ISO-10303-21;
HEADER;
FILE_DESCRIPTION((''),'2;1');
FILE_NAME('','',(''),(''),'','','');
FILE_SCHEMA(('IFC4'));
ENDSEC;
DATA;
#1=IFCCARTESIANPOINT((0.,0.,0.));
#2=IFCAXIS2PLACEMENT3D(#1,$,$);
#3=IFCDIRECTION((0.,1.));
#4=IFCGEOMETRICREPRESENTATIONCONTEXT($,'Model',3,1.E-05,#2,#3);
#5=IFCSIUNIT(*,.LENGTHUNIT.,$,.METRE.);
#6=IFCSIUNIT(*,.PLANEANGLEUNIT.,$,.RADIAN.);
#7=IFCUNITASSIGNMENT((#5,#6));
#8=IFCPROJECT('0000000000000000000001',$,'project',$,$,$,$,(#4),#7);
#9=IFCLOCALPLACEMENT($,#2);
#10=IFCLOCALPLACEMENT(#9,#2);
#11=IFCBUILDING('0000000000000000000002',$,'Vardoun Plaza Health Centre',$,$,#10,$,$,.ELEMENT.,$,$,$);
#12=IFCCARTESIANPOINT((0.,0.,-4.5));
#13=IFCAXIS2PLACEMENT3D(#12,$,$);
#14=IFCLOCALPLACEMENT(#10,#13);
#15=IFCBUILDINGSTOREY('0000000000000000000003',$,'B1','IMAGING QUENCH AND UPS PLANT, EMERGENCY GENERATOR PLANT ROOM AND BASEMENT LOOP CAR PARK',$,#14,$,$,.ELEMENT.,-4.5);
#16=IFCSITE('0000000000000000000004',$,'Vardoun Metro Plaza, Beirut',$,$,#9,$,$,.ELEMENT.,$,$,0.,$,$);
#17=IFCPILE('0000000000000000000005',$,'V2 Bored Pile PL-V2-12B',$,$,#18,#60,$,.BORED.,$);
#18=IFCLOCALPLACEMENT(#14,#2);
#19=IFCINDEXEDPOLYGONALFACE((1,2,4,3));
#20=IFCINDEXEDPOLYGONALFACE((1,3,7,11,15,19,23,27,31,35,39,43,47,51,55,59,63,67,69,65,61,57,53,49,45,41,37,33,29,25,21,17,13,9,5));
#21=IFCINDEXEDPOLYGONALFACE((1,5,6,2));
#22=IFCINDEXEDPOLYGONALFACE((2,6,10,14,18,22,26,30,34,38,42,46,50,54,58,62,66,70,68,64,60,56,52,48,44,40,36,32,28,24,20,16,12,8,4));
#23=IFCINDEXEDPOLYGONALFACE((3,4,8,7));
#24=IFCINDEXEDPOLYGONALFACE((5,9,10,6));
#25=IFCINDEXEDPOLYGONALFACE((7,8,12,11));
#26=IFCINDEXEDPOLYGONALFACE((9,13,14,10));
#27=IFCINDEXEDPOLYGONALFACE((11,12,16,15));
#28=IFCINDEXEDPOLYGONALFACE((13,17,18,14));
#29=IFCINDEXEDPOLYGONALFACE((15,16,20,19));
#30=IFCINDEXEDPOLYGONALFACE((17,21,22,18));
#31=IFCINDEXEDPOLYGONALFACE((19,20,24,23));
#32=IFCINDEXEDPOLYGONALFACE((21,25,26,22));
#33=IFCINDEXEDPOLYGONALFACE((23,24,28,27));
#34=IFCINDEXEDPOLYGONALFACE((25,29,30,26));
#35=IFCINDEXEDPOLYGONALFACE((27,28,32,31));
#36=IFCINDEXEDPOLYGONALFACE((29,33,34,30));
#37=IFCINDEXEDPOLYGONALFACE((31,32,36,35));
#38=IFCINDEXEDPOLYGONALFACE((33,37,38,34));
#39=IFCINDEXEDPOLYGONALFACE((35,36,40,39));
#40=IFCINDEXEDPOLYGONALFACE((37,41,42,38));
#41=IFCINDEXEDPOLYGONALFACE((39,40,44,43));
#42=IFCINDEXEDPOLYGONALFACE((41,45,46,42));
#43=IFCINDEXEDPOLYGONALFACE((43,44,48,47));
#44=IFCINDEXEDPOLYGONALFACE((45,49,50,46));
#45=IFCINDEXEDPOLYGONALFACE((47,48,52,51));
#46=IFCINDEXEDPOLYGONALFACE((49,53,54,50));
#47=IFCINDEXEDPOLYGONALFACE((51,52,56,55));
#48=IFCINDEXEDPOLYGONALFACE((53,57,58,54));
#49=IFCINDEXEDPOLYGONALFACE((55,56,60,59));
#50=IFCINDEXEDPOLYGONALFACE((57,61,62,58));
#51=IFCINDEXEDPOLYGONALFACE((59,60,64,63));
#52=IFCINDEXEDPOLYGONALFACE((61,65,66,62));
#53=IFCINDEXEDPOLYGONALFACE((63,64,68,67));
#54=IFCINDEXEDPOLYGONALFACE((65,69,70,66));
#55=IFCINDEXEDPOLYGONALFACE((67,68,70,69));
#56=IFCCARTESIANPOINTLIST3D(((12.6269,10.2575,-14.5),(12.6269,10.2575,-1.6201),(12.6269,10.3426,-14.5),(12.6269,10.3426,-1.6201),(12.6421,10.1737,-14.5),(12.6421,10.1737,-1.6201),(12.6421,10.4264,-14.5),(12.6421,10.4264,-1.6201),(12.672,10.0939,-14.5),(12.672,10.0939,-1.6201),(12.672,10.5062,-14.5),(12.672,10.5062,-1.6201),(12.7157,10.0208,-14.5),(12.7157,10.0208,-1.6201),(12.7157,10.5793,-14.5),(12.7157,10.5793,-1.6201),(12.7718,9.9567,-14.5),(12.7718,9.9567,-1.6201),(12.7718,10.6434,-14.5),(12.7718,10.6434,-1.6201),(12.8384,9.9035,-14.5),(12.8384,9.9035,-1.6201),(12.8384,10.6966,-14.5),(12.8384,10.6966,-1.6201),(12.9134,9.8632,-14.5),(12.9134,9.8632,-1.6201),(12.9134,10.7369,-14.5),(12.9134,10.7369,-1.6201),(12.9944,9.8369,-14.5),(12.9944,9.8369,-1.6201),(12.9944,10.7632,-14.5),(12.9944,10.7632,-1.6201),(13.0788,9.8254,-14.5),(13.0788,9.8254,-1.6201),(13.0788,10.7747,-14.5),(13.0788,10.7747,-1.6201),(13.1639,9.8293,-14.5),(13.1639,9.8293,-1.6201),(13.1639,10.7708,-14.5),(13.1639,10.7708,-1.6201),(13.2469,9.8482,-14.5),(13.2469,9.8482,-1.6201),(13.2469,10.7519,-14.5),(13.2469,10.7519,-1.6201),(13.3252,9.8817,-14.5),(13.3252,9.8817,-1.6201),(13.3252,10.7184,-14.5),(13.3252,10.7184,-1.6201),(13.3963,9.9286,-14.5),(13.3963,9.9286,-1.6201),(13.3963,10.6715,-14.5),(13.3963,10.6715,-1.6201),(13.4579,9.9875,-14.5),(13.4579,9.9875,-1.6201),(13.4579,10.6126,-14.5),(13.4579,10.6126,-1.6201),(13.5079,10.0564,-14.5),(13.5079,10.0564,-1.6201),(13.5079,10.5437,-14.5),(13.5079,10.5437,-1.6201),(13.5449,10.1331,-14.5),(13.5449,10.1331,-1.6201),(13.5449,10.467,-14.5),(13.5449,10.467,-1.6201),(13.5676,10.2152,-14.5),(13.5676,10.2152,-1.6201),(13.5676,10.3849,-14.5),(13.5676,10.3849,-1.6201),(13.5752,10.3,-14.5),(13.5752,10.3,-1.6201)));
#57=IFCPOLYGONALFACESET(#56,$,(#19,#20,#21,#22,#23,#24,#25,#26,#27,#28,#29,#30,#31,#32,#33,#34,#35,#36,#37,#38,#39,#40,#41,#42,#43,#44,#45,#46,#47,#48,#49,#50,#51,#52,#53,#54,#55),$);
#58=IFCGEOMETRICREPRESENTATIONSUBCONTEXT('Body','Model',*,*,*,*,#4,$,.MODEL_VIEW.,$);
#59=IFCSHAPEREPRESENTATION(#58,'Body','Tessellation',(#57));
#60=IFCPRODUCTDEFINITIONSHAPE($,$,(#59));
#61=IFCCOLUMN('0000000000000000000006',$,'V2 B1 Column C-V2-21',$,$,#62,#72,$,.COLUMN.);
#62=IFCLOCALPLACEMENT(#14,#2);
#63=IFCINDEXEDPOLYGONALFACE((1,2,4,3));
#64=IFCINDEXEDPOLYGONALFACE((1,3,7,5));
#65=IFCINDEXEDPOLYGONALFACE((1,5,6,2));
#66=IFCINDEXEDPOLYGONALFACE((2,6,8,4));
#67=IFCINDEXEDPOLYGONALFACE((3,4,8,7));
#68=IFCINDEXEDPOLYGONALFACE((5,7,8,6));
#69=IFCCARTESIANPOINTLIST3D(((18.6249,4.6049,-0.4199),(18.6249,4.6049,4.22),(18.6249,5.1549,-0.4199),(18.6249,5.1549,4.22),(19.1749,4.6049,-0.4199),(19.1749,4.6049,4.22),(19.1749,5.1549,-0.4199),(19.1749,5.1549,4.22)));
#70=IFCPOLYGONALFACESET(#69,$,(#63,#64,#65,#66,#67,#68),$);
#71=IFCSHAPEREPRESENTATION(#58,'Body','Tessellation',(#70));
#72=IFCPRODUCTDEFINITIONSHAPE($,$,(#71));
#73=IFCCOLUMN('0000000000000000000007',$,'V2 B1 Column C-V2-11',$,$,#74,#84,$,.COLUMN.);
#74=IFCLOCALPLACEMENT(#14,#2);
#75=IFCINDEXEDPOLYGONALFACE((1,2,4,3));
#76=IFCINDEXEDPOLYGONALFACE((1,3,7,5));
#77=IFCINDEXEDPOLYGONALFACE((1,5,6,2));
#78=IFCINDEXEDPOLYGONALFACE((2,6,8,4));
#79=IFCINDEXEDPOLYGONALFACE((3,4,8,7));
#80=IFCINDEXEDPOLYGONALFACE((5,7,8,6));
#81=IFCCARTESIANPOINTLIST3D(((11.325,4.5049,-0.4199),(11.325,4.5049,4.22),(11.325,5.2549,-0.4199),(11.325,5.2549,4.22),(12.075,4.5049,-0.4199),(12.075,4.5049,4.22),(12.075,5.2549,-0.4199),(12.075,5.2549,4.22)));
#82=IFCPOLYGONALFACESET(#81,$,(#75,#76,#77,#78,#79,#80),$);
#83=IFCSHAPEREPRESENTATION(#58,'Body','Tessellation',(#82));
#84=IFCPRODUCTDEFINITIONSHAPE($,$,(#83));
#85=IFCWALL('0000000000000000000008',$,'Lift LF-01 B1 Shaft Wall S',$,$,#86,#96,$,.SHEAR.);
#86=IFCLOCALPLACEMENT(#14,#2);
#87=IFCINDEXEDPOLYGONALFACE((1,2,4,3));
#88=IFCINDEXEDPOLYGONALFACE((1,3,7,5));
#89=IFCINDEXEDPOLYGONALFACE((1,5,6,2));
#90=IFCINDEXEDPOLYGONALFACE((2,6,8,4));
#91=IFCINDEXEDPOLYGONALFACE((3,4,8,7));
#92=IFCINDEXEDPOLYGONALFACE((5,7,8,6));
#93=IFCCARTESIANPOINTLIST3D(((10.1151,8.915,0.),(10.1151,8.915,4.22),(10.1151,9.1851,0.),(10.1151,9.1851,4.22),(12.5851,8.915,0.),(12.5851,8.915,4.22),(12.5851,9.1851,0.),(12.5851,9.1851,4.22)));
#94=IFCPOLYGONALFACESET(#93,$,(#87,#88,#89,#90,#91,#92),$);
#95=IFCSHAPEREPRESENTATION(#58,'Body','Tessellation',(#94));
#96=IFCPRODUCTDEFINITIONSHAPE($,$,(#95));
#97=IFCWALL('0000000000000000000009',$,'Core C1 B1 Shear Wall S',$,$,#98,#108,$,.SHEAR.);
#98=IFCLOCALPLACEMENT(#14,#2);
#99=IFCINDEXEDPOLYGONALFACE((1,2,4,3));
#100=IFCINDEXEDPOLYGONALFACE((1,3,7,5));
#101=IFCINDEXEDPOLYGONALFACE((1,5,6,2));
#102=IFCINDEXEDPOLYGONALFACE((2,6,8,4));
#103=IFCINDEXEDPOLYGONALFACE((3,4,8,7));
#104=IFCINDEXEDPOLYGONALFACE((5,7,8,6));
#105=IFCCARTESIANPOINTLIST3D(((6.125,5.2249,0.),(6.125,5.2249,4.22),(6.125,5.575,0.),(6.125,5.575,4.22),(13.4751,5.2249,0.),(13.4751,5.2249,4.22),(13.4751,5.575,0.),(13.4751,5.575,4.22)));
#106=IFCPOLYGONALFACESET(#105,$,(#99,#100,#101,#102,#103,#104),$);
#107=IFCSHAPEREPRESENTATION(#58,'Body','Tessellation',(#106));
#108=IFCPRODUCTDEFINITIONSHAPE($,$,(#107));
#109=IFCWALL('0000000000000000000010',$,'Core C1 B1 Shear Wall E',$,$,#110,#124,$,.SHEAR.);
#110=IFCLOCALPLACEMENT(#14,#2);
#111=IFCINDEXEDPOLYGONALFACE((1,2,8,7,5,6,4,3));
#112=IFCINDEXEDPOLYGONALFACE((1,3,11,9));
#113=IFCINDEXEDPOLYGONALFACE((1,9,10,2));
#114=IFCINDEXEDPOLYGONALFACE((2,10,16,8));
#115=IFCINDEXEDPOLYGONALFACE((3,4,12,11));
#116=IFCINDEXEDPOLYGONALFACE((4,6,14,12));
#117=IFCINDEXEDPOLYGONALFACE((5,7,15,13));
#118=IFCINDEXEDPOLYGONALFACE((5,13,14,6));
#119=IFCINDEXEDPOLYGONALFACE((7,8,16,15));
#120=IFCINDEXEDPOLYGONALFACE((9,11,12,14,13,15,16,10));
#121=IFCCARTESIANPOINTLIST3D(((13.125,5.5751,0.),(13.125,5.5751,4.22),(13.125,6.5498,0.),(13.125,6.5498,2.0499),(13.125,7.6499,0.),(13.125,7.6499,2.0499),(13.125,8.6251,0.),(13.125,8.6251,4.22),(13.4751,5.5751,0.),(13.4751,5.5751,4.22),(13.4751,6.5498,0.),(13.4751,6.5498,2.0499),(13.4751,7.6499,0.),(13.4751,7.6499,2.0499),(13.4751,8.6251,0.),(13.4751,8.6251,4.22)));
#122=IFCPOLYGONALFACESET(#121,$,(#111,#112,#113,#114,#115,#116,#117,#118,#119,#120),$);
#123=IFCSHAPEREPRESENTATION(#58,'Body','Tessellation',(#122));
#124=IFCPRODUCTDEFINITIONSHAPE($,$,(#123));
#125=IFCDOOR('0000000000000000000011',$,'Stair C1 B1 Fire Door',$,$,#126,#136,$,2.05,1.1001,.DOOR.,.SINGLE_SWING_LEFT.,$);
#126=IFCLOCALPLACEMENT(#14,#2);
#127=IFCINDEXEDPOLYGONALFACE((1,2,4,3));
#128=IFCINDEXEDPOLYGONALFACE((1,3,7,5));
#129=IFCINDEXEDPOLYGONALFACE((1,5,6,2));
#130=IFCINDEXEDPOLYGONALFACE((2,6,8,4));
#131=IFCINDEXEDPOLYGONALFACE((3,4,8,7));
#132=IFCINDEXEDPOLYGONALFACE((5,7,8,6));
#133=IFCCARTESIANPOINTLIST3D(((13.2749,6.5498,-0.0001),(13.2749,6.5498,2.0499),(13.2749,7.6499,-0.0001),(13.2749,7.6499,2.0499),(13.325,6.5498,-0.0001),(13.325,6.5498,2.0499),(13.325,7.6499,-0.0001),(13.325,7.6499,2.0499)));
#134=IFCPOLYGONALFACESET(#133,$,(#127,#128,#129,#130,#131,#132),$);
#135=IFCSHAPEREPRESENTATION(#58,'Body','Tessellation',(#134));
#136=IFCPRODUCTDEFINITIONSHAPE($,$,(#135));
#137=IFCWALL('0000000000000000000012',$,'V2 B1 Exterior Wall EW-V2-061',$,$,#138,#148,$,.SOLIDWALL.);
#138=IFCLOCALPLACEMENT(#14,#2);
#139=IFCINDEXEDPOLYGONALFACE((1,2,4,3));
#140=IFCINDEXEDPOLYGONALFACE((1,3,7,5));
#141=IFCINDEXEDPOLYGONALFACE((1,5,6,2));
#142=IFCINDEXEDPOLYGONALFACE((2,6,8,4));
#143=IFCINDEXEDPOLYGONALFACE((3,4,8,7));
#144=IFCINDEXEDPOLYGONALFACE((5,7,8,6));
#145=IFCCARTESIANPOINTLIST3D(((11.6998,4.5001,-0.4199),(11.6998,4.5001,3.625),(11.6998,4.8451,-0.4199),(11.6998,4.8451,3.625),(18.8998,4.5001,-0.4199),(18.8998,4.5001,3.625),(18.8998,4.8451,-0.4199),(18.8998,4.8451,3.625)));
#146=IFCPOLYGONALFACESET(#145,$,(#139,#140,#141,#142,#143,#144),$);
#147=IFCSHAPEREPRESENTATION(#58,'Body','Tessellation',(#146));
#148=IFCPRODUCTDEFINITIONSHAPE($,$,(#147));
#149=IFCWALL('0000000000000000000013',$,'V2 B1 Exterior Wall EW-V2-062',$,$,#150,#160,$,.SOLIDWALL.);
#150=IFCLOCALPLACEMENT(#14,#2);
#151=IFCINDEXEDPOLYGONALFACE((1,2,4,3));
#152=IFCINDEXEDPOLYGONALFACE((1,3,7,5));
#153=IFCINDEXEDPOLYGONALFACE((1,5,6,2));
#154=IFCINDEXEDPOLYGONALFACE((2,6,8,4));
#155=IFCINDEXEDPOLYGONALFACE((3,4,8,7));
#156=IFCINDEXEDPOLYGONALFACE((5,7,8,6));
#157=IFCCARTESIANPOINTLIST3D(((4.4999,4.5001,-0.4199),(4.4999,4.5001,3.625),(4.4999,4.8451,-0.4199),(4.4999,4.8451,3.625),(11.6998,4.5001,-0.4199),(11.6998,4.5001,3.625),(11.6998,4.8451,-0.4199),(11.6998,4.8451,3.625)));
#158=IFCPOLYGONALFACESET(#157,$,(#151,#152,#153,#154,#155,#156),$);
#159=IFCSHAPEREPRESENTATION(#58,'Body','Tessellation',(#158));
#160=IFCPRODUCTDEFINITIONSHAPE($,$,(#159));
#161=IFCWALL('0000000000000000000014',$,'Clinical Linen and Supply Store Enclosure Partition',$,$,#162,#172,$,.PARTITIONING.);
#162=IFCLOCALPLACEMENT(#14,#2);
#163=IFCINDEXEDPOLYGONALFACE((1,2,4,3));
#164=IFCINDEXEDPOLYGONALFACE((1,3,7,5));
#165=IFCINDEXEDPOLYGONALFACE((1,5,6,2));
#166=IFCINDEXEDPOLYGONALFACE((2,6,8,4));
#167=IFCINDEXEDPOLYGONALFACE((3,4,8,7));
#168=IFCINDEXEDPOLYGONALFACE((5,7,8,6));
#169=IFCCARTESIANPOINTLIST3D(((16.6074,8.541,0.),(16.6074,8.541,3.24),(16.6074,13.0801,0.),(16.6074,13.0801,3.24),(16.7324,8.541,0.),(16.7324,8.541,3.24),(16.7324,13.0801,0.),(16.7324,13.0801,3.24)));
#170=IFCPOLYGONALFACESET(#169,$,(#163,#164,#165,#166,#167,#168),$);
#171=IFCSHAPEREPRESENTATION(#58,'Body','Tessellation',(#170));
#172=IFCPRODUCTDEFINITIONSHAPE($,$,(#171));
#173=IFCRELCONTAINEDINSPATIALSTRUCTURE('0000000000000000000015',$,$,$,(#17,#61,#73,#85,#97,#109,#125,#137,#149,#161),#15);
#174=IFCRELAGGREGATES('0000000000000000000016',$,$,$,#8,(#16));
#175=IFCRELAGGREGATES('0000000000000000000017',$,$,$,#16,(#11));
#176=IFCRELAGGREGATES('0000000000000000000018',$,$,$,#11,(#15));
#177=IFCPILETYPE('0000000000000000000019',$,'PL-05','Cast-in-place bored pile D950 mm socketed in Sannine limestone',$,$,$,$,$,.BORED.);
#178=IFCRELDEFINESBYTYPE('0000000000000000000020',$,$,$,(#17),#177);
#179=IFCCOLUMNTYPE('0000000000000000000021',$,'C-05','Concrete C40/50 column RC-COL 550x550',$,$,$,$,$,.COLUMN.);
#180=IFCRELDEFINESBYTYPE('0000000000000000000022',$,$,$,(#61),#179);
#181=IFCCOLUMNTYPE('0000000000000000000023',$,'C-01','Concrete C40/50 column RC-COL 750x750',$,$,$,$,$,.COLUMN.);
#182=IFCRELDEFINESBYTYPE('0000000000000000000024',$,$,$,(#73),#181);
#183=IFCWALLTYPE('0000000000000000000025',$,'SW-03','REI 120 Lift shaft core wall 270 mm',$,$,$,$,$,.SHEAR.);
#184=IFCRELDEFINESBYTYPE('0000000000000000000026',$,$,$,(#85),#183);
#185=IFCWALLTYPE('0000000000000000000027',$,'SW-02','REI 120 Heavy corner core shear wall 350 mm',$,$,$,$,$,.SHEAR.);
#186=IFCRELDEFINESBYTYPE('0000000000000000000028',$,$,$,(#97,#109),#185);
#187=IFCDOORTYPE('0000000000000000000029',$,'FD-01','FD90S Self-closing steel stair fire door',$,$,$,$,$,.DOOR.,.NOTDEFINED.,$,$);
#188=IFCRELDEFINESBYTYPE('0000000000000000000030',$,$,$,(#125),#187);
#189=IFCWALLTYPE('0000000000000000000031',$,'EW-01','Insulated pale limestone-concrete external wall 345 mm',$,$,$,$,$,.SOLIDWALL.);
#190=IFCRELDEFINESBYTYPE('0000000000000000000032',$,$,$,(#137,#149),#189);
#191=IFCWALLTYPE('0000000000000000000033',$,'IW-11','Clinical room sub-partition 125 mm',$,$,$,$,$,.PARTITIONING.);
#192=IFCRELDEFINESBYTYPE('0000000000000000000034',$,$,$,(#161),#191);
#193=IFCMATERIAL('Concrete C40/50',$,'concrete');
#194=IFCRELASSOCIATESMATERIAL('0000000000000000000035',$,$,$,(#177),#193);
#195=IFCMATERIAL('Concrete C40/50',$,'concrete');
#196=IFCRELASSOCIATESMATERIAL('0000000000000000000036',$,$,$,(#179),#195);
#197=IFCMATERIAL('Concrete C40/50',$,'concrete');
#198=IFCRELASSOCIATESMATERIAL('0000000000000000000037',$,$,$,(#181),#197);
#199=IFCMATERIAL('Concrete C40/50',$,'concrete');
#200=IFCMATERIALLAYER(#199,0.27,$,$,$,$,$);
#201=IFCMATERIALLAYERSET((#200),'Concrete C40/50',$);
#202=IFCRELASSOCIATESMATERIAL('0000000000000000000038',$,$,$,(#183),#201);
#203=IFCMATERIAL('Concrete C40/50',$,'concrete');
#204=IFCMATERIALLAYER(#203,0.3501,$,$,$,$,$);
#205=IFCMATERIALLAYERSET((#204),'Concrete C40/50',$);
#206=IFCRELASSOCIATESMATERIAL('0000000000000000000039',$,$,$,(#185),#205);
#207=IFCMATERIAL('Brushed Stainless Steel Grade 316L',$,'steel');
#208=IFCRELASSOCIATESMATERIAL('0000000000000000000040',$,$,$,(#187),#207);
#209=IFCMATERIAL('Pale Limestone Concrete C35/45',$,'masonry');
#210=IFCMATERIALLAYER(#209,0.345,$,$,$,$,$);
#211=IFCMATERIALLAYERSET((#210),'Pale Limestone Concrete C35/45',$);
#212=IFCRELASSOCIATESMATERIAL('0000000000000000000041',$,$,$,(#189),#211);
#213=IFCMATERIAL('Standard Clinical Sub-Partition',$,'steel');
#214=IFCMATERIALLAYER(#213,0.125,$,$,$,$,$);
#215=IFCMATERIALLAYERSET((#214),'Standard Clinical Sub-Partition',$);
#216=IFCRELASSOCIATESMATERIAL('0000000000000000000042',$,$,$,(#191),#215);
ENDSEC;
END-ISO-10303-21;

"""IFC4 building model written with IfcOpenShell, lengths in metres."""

from ifc_helpers import new_model, si_unit, direction, frame, frame_2d, origin, origin_2d, place, context, subcontext, project, spatial, rectangle, circle, extrude, material, layer, layer_set, material_profile, profile_set, type_object, element, fill, save


model = new_model("IFC4")

# Units and contexts
model_context = context("Model", 3, precision=1e-05, world=origin(), true_north=direction((0.0, 1.0)))
body_context = subcontext(model_context, "Body", "Model", "MODEL_VIEW")
ifc_project = project(units=[si_unit("LENGTHUNIT", "METRE"), si_unit("PLANEANGLEUNIT", "RADIAN")], contexts=[model_context])

# Site, building, storey
site_placement = place(None, origin())
site = spatial("IfcSite", under=ifc_project, at=site_placement, Name="Vardoun Metro Plaza, Beirut", CompositionType="ELEMENT", RefElevation=0.0)
building_placement = place(site_placement, origin())
building = spatial("IfcBuilding", under=site, at=building_placement, Name="Vardoun Plaza Health Centre", CompositionType="ELEMENT")
storey_placement = place(building_placement, frame((0.0, 0.0, -4.5)))
storey = spatial("IfcBuildingStorey", under=building, at=storey_placement, Name="B1", Description="IMAGING QUENCH AND UPS PLANT, EMERGENCY GENERATOR PLANT ROOM AND BASEMENT LOOP CAR PARK", CompositionType="ELEMENT", Elevation=-4.5)

# Pile
ifc_material_1 = material(Name="Concrete C40/50", Category="concrete")
ifc_material_profile_1 = material_profile(ifc_material_1, circle(Radius=0.4751, at=origin_2d()), Name="PILE D950")
ifc_profile_set_1 = profile_set([ifc_material_profile_1], Name="Concrete C40/50")
pile_type_1 = type_object("IfcPileType", Name="PL-05", Description="Cast-in-place bored pile D950 mm socketed in Sannine limestone", PredefinedType="BORED", material=ifc_profile_set_1)
for number, where, z_axis, x_axis, name in (
    (1, (13.1001, 10.3, -1.6201), (0.0, 0.0, -1.0), (1.0, 0.0, 0.0), "V2 Bored Pile PL-V2-12B"),
):
    element("IfcPile", number, at=place(storey_placement, frame(where, z_axis=z_axis, x_axis=x_axis)), inside=storey, type_object=pile_type_1, Name=name, PredefinedType="BORED", context=body_context, shape_type="SweptSolid", body=[
        extrude(circle(Radius=0.4751, at=origin_2d()), origin(), (0.0, 0.0, 1.0), 12.8799),
    ])

# Columns
ifc_material_2 = material(Name="Concrete C40/50", Category="concrete")
ifc_material_profile_2 = material_profile(ifc_material_2, rectangle(XDim=0.55, YDim=0.55, at=origin_2d()), Name="RC-COL 550x550")
ifc_profile_set_2 = profile_set([ifc_material_profile_2], Name="Concrete C40/50")
column_type_1 = type_object("IfcColumnType", Name="C-05", Description="Concrete C40/50 column RC-COL 550x550", PredefinedType="COLUMN", material=ifc_profile_set_2)
column_1_placement = place(storey_placement, frame((18.8999, 4.8799, -0.4199), z_axis=(0.0, 0.0, 1.0), x_axis=(1.0, 0.0, 0.0)))
element("IfcColumn", 2, at=column_1_placement, inside=storey, type_object=column_type_1, Name="V2 B1 Column C-V2-21", PredefinedType="COLUMN", context=body_context, shape_type="SweptSolid", body=[
    extrude(rectangle(XDim=0.55, YDim=0.55, at=origin_2d()), origin(), (0.0, 0.0, 1.0), 4.6399),
])
ifc_material_3 = material(Name="Concrete C40/50", Category="concrete")
ifc_material_profile_3 = material_profile(ifc_material_3, rectangle(XDim=0.75, YDim=0.75, at=origin_2d()), Name="RC-COL 750x750")
ifc_profile_set_3 = profile_set([ifc_material_profile_3], Name="Concrete C40/50")
column_type_2 = type_object("IfcColumnType", Name="C-01", Description="Concrete C40/50 column RC-COL 750x750", PredefinedType="COLUMN", material=ifc_profile_set_3)
column_2_placement = place(storey_placement, frame((11.7, 4.8799, -0.4199), z_axis=(0.0, 0.0, 1.0), x_axis=(1.0, 0.0, 0.0)))
element("IfcColumn", 3, at=column_2_placement, inside=storey, type_object=column_type_2, Name="V2 B1 Column C-V2-11", PredefinedType="COLUMN", context=body_context, shape_type="SweptSolid", body=[
    extrude(rectangle(XDim=0.75, YDim=0.75, at=origin_2d()), origin(), (0.0, 0.0, 1.0), 4.6399),
])

# Walls
ifc_material_4 = material(Name="Concrete C40/50", Category="concrete")
ifc_layer_1 = layer(ifc_material_4, 0.27)
ifc_layer_set_1 = layer_set([ifc_layer_1], Name="Concrete C40/50")
wall_type_1 = type_object("IfcWallType", Name="SW-03", Description="REI 120 Lift shaft core wall 270 mm", PredefinedType="SHEAR", material=ifc_layer_set_1)
wall_1_placement = place(storey_placement, frame((12.585, 9.05, 0.0), z_axis=(0.0, 0.0, 1.0), x_axis=(-1.0, 0.0, 0.0)))
element("IfcWall", 4, at=wall_1_placement, inside=storey, type_object=wall_type_1, Name="Lift LF-01 B1 Shaft Wall S", PredefinedType="SHEAR", context=body_context, shape_type="SweptSolid", body=[
    extrude(rectangle(XDim=2.47, YDim=0.27, at=frame_2d((1.2349, 0.0))), origin(), (0.0, 0.0, 1.0), 4.22),
])
ifc_material_5 = material(Name="Concrete C40/50", Category="concrete")
ifc_layer_2 = layer(ifc_material_5, 0.3501)
ifc_layer_set_2 = layer_set([ifc_layer_2], Name="Concrete C40/50")
wall_type_2 = type_object("IfcWallType", Name="SW-02", Description="REI 120 Heavy corner core shear wall 350 mm", PredefinedType="SHEAR", material=ifc_layer_set_2)
wall_2_placement = place(storey_placement, frame((13.4751, 5.3999, 0.0), z_axis=(0.0, 0.0, 1.0), x_axis=(-1.0, 0.0, 0.0)))
element("IfcWall", 5, at=wall_2_placement, inside=storey, type_object=wall_type_2, Name="Core C1 B1 Shear Wall S", PredefinedType="SHEAR", context=body_context, shape_type="SweptSolid", body=[
    extrude(rectangle(XDim=7.3501, YDim=0.3501, at=frame_2d((3.675, 0.0))), origin(), (0.0, 0.0, 1.0), 4.22),
])

# Wall, opening, door
wall_3_placement = place(storey_placement, frame((13.3, 8.625, 0.0), z_axis=(0.0, 0.0, 1.0), x_axis=(0.0, -1.0, 0.0)))
wall_3 = element("IfcWall", 6, at=wall_3_placement, inside=storey, type_object=wall_type_2, Name="Core C1 B1 Shear Wall E", PredefinedType="SHEAR", context=body_context, shape_type="SweptSolid", body=[
    extrude(rectangle(XDim=3.05, YDim=0.3501, at=frame_2d((1.5249, 0.0))), origin(), (0.0, 0.0, 1.0), 4.22),
])
opening_1_placement = place(wall_3_placement, frame((0.9751, 0.0, 0.0)))
opening_1 = element("IfcOpeningElement", 7, at=opening_1_placement, cuts=wall_3, PredefinedType="OPENING", context=body_context, shape_type="SweptSolid", body=[
    extrude(rectangle(XDim=1.1001, YDim=2.05, at=frame_2d((0.55, 1.0249))), frame((0.0, 0.175, 0.0), z_axis=(0.0, -1.0, 0.0), x_axis=(1.0, 0.0, 0.0)), (0.0, 0.0, 1.0), 0.3501),
])
ifc_material_6 = material(Name="Brushed Stainless Steel Grade 316L", Category="steel")
door_type_1 = type_object("IfcDoorType", Name="FD-01", Description="FD90S Self-closing steel stair fire door", OperationType="NOTDEFINED", PredefinedType="DOOR", material=ifc_material_6)
door_1_placement = place(opening_1_placement, origin())
door_1 = element("IfcDoor", 8, at=door_1_placement, inside=storey, type_object=door_type_1, Name="Stair C1 B1 Fire Door", OperationType="SINGLE_SWING_LEFT", OverallHeight=2.05, OverallWidth=1.1001, PredefinedType="DOOR", context=body_context, shape_type="SweptSolid", body=[
    extrude(rectangle(XDim=1.1001, YDim=2.05, at=frame_2d((0.55, 1.0249))), frame((0.0, 0.0249, 0.0), z_axis=(0.0, -1.0, 0.0), x_axis=(1.0, 0.0, 0.0)), (0.0, 0.0, 1.0), 0.05),
])
fill(opening_1, door_1)

# Walls
ifc_material_7 = material(Name="Pale Limestone Concrete C35/45", Category="masonry")
ifc_layer_3 = layer(ifc_material_7, 0.345)
ifc_layer_set_3 = layer_set([ifc_layer_3], Name="Pale Limestone Concrete C35/45")
wall_type_3 = type_object("IfcWallType", Name="EW-01", Description="Insulated pale limestone-concrete external wall 345 mm", PredefinedType="SOLIDWALL", material=ifc_layer_set_3)
for number, where, z_axis, x_axis, name in (
    (9, (18.8999, 4.6726, -0.4199), (0.0, 0.0, 1.0), (-1.0, 0.0, 0.0), "V2 B1 Exterior Wall EW-V2-061"),
    (10, (11.7, 4.6726, -0.4199), (0.0, 0.0, 1.0), (-1.0, 0.0, 0.0), "V2 B1 Exterior Wall EW-V2-062"),
):
    element("IfcWall", number, at=place(storey_placement, frame(where, z_axis=z_axis, x_axis=x_axis)), inside=storey, type_object=wall_type_3, Name=name, PredefinedType="SOLIDWALL", context=body_context, shape_type="SweptSolid", body=[
        extrude(rectangle(XDim=7.2, YDim=0.345, at=frame_2d((3.6001, 0.0))), origin(), (0.0, 0.0, 1.0), 4.0449),
    ])
ifc_material_8 = material(Name="Standard Clinical Sub-Partition", Category="steel")
ifc_layer_4 = layer(ifc_material_8, 0.125)
ifc_layer_set_4 = layer_set([ifc_layer_4], Name="Standard Clinical Sub-Partition")
wall_type_4 = type_object("IfcWallType", Name="IW-11", Description="Clinical room sub-partition 125 mm", PredefinedType="PARTITIONING", material=ifc_layer_set_4)
wall_4_placement = place(storey_placement, frame((16.6699, 8.541, 0.0), z_axis=(0.0, 0.0, 1.0), x_axis=(0.0, 1.0, 0.0)))
element("IfcWall", 11, at=wall_4_placement, inside=storey, type_object=wall_type_4, Name="Clinical Linen and Supply Store Enclosure Partition", PredefinedType="PARTITIONING", context=body_context, shape_type="SweptSolid", body=[
    extrude(rectangle(XDim=4.5391, YDim=0.125, at=frame_2d((2.2695, 0.0))), origin(), (0.0, 0.0, 1.0), 3.24),
])

save(model, "model.ifc")
